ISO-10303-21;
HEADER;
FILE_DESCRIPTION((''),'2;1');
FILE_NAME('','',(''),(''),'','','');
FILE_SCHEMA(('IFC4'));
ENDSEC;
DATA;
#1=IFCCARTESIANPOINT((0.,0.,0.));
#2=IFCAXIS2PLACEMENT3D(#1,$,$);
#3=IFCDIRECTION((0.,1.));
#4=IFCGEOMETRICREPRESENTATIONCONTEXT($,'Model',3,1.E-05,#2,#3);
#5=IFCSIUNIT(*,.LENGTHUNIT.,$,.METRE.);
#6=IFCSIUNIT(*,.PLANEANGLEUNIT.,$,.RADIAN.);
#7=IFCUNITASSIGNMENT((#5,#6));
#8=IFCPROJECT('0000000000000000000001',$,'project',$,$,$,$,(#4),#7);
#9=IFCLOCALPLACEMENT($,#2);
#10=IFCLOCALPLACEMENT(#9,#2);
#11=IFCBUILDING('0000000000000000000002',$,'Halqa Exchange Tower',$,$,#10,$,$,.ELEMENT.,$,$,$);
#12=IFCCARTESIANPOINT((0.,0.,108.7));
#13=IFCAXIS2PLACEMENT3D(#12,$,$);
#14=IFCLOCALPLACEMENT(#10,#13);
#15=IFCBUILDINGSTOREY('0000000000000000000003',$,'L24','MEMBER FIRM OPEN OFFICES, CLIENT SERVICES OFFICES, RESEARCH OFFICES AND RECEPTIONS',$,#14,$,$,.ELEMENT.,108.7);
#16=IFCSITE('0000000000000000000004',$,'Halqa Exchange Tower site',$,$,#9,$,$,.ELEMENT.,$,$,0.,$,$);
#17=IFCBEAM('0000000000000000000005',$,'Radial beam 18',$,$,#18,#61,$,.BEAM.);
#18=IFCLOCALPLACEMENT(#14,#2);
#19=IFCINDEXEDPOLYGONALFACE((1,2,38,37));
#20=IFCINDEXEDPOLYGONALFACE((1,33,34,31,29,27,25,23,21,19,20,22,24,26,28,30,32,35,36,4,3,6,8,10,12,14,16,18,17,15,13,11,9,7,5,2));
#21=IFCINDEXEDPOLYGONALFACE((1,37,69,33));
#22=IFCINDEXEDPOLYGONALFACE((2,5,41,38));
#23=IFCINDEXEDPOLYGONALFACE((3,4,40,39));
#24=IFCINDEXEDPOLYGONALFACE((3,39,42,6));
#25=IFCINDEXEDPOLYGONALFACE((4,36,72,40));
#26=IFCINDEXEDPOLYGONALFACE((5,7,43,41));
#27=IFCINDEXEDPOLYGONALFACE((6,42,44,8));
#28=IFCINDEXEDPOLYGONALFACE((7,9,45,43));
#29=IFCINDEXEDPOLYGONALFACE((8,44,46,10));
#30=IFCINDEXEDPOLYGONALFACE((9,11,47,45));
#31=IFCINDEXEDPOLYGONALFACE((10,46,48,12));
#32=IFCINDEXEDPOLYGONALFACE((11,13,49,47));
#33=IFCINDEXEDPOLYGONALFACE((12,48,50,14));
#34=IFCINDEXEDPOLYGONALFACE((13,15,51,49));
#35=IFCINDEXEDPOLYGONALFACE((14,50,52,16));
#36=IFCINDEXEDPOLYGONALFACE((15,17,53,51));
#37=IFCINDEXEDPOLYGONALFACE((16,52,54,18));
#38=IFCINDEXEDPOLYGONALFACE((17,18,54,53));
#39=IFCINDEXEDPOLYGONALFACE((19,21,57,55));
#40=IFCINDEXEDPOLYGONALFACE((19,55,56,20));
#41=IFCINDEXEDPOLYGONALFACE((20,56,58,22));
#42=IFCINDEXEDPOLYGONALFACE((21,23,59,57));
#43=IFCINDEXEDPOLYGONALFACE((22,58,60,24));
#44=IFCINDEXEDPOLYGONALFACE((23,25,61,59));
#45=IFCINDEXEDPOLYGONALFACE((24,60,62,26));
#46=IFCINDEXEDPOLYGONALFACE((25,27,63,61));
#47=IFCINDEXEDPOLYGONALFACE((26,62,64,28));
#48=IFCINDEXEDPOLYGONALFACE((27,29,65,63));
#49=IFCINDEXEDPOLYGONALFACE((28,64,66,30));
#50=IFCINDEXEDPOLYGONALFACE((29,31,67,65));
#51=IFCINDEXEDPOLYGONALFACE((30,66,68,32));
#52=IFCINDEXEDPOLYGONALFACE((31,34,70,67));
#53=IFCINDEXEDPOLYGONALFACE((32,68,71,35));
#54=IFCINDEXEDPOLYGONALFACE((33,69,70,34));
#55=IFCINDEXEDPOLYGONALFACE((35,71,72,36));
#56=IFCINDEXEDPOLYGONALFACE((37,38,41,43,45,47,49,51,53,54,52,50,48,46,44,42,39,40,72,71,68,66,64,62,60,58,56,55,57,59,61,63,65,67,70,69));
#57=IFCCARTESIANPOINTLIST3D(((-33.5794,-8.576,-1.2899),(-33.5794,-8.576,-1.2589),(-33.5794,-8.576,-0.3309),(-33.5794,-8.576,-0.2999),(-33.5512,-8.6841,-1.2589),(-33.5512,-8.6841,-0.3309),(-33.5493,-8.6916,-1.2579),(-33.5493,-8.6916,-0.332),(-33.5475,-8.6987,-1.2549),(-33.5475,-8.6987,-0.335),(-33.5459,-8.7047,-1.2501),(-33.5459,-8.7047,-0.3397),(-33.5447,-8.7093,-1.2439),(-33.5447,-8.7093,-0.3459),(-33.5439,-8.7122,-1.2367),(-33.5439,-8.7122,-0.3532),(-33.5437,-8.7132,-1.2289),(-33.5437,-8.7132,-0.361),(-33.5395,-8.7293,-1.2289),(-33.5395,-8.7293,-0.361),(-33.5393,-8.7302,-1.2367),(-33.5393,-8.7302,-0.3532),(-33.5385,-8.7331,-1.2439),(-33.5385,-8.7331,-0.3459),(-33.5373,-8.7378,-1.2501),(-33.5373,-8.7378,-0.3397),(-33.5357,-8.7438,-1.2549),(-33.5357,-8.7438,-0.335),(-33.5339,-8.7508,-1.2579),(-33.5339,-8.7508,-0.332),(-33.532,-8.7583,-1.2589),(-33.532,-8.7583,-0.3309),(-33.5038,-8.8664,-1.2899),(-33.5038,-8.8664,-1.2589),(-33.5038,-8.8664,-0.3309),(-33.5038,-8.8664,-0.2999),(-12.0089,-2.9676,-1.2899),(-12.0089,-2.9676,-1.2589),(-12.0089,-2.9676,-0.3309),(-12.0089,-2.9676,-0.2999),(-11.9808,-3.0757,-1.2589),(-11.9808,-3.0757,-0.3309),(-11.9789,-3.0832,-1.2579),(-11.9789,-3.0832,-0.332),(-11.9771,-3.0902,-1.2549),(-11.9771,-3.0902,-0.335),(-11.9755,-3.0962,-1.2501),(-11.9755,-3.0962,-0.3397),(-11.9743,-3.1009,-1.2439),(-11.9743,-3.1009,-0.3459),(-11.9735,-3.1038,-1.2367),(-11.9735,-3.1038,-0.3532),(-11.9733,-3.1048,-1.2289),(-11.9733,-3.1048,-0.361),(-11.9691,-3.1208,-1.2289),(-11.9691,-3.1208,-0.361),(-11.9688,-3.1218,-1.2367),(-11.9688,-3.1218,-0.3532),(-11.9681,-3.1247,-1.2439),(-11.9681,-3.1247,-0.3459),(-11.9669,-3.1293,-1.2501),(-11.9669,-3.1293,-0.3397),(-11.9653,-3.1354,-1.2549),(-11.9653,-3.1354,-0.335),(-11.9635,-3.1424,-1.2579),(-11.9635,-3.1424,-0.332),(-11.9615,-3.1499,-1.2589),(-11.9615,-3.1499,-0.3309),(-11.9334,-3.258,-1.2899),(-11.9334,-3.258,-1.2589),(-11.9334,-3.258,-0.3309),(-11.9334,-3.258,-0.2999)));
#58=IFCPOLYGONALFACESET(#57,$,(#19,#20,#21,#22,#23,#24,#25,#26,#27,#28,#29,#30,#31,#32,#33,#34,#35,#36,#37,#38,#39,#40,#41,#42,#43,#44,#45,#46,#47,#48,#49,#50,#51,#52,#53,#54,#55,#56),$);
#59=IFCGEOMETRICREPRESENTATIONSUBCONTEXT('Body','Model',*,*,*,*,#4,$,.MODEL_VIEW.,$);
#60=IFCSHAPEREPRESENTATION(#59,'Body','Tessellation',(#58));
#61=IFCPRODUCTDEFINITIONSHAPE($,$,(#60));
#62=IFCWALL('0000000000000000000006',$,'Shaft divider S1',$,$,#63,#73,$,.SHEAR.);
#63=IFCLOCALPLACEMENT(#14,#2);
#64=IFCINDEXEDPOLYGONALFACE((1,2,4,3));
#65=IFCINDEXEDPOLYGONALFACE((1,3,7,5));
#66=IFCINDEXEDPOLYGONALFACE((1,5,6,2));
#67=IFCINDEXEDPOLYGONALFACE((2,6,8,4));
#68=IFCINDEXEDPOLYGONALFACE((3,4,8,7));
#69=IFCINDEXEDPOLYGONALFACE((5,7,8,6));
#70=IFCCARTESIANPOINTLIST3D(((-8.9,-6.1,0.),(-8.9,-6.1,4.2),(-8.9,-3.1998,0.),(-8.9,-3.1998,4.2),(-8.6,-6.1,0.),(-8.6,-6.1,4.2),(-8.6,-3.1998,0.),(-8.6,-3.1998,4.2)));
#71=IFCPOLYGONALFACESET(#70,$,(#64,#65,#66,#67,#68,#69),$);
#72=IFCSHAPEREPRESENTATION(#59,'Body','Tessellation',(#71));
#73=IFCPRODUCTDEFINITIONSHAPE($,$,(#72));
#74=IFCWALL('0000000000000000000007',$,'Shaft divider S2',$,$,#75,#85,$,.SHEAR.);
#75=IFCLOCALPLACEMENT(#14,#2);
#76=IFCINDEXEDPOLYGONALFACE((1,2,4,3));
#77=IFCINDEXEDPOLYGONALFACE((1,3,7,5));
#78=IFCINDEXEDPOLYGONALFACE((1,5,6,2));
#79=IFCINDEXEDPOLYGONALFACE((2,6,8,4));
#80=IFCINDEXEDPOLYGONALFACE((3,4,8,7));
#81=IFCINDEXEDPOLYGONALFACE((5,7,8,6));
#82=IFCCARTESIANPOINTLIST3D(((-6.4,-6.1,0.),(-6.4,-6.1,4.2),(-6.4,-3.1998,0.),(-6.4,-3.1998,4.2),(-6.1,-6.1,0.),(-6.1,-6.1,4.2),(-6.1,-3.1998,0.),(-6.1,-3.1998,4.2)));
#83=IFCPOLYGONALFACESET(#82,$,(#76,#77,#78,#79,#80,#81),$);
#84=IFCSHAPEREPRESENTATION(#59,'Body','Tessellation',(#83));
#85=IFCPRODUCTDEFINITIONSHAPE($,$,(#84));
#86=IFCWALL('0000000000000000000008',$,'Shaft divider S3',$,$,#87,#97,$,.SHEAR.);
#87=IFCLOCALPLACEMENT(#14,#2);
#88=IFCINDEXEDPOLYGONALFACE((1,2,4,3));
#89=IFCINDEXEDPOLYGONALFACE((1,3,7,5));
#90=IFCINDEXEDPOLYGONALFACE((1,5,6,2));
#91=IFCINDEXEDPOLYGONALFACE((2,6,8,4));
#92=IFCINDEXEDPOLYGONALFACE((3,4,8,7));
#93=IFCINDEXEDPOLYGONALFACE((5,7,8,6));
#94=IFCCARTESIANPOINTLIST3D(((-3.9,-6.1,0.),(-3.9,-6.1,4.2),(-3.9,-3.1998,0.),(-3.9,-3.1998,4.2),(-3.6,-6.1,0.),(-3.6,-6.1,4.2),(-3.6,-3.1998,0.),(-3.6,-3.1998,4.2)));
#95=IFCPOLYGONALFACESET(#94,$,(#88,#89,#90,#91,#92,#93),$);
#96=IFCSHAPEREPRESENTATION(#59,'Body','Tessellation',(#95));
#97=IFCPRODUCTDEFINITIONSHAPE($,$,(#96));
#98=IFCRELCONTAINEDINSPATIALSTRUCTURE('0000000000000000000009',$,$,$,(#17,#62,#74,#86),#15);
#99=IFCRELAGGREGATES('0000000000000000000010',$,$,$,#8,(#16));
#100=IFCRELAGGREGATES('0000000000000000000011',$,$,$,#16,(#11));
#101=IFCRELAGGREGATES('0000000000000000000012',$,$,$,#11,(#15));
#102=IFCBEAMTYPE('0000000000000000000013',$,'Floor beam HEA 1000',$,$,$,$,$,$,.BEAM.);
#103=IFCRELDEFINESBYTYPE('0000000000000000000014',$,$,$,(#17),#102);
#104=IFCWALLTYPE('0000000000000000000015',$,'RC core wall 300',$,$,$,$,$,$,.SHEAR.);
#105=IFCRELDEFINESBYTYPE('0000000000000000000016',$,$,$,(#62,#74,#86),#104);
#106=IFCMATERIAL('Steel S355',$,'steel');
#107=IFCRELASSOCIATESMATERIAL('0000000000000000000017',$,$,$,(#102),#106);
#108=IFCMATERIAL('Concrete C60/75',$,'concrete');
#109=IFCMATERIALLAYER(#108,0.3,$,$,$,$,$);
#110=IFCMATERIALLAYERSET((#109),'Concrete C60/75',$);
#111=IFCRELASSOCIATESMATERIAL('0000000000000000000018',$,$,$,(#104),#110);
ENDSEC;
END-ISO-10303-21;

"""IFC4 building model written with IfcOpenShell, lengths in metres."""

from ifc_helpers import new_model, si_unit, direction, frame, frame_2d, origin, origin_2d, place, context, subcontext, project, spatial, rectangle, i_section, extrude, material, layer, layer_set, material_profile, profile_set, type_object, element, save


model = new_model("IFC4")

# Units and contexts
model_context = context("Model", 3, precision=1e-05, world=origin(), true_north=direction((0.0, 1.0)))
body_context = subcontext(model_context, "Body", "Model", "MODEL_VIEW")
ifc_project = project(units=[si_unit("LENGTHUNIT", "METRE"), si_unit("PLANEANGLEUNIT", "RADIAN")], contexts=[model_context])

# Site, building, storey
site_placement = place(None, origin())
site = spatial("IfcSite", under=ifc_project, at=site_placement, Name="Halqa Exchange Tower site", CompositionType="ELEMENT", RefElevation=0.0)
building_placement = place(site_placement, origin())
building = spatial("IfcBuilding", under=site, at=building_placement, Name="Halqa Exchange Tower", CompositionType="ELEMENT")
storey_placement = place(building_placement, frame((0.0, 0.0, 108.7)))
storey = spatial("IfcBuildingStorey", under=building, at=storey_placement, Name="L24", Description="MEMBER FIRM OPEN OFFICES, CLIENT SERVICES OFFICES, RESEARCH OFFICES AND RECEPTIONS", CompositionType="ELEMENT", Elevation=108.7)

# Beam
ifc_material_1 = material(Name="Steel S355", Category="steel")
ifc_material_profile = material_profile(ifc_material_1, i_section(OverallWidth=0.3, OverallDepth=0.99, WebThickness=0.0166, FlangeThickness=0.031, FilletRadius=0.03, at=origin_2d()), Name="HEA 1000")
ifc_profile_set = profile_set([ifc_material_profile], Name="Steel S355")
beam_type = type_object("IfcBeamType", Name="Floor beam HEA 1000", PredefinedType="BEAM", material=ifc_profile_set)
beam_placement = place(storey_placement, frame((-11.9712, -3.1128, -0.7949), z_axis=(-0.967821, -0.251639, 0.0), x_axis=(0.251639, -0.967821, 0.0)))
element("IfcBeam", 1, at=beam_placement, inside=storey, type_object=beam_type, Name="Radial beam 18", PredefinedType="BEAM", context=body_context, shape_type="SweptSolid", body=[
    extrude(i_section(OverallWidth=0.3, OverallDepth=0.99, WebThickness=0.0166, FlangeThickness=0.031, FilletRadius=0.03, at=origin_2d()), origin(), (0.0, 0.0, 1.0), 22.2876),
])

# Walls
ifc_material_2 = material(Name="Concrete C60/75", Category="concrete")
ifc_layer_1 = layer(ifc_material_2, 0.3)
ifc_layer_set_1 = layer_set([ifc_layer_1], Name="Concrete C60/75")
wall_type_1 = type_object("IfcWallType", Name="RC core wall 300", PredefinedType="SHEAR", material=ifc_layer_set_1)
for number, where, z_axis, x_axis, name in (
    (2, (-8.75, -6.1001, 0.0), (0.0, 0.0, 1.0), (0.0, 1.0, 0.0), "Shaft divider S1"),
    (3, (-6.25, -6.1001, 0.0), (0.0, 0.0, 1.0), (0.0, 1.0, 0.0), "Shaft divider S2"),
    (4, (-3.75, -6.1001, 0.0), (0.0, 0.0, 1.0), (0.0, 1.0, 0.0), "Shaft divider S3"),
):
    element("IfcWall", number, at=place(storey_placement, frame(where, z_axis=z_axis, x_axis=x_axis)), inside=storey, type_object=wall_type_1, Name=name, PredefinedType="SHEAR", context=body_context, shape_type="SweptSolid", body=[
        extrude(rectangle(XDim=2.9001, YDim=0.3, at=frame_2d((1.4502, 0.0))), origin(), (0.0, 0.0, 1.0), 4.2),
    ])

save(model, "model.ifc")
